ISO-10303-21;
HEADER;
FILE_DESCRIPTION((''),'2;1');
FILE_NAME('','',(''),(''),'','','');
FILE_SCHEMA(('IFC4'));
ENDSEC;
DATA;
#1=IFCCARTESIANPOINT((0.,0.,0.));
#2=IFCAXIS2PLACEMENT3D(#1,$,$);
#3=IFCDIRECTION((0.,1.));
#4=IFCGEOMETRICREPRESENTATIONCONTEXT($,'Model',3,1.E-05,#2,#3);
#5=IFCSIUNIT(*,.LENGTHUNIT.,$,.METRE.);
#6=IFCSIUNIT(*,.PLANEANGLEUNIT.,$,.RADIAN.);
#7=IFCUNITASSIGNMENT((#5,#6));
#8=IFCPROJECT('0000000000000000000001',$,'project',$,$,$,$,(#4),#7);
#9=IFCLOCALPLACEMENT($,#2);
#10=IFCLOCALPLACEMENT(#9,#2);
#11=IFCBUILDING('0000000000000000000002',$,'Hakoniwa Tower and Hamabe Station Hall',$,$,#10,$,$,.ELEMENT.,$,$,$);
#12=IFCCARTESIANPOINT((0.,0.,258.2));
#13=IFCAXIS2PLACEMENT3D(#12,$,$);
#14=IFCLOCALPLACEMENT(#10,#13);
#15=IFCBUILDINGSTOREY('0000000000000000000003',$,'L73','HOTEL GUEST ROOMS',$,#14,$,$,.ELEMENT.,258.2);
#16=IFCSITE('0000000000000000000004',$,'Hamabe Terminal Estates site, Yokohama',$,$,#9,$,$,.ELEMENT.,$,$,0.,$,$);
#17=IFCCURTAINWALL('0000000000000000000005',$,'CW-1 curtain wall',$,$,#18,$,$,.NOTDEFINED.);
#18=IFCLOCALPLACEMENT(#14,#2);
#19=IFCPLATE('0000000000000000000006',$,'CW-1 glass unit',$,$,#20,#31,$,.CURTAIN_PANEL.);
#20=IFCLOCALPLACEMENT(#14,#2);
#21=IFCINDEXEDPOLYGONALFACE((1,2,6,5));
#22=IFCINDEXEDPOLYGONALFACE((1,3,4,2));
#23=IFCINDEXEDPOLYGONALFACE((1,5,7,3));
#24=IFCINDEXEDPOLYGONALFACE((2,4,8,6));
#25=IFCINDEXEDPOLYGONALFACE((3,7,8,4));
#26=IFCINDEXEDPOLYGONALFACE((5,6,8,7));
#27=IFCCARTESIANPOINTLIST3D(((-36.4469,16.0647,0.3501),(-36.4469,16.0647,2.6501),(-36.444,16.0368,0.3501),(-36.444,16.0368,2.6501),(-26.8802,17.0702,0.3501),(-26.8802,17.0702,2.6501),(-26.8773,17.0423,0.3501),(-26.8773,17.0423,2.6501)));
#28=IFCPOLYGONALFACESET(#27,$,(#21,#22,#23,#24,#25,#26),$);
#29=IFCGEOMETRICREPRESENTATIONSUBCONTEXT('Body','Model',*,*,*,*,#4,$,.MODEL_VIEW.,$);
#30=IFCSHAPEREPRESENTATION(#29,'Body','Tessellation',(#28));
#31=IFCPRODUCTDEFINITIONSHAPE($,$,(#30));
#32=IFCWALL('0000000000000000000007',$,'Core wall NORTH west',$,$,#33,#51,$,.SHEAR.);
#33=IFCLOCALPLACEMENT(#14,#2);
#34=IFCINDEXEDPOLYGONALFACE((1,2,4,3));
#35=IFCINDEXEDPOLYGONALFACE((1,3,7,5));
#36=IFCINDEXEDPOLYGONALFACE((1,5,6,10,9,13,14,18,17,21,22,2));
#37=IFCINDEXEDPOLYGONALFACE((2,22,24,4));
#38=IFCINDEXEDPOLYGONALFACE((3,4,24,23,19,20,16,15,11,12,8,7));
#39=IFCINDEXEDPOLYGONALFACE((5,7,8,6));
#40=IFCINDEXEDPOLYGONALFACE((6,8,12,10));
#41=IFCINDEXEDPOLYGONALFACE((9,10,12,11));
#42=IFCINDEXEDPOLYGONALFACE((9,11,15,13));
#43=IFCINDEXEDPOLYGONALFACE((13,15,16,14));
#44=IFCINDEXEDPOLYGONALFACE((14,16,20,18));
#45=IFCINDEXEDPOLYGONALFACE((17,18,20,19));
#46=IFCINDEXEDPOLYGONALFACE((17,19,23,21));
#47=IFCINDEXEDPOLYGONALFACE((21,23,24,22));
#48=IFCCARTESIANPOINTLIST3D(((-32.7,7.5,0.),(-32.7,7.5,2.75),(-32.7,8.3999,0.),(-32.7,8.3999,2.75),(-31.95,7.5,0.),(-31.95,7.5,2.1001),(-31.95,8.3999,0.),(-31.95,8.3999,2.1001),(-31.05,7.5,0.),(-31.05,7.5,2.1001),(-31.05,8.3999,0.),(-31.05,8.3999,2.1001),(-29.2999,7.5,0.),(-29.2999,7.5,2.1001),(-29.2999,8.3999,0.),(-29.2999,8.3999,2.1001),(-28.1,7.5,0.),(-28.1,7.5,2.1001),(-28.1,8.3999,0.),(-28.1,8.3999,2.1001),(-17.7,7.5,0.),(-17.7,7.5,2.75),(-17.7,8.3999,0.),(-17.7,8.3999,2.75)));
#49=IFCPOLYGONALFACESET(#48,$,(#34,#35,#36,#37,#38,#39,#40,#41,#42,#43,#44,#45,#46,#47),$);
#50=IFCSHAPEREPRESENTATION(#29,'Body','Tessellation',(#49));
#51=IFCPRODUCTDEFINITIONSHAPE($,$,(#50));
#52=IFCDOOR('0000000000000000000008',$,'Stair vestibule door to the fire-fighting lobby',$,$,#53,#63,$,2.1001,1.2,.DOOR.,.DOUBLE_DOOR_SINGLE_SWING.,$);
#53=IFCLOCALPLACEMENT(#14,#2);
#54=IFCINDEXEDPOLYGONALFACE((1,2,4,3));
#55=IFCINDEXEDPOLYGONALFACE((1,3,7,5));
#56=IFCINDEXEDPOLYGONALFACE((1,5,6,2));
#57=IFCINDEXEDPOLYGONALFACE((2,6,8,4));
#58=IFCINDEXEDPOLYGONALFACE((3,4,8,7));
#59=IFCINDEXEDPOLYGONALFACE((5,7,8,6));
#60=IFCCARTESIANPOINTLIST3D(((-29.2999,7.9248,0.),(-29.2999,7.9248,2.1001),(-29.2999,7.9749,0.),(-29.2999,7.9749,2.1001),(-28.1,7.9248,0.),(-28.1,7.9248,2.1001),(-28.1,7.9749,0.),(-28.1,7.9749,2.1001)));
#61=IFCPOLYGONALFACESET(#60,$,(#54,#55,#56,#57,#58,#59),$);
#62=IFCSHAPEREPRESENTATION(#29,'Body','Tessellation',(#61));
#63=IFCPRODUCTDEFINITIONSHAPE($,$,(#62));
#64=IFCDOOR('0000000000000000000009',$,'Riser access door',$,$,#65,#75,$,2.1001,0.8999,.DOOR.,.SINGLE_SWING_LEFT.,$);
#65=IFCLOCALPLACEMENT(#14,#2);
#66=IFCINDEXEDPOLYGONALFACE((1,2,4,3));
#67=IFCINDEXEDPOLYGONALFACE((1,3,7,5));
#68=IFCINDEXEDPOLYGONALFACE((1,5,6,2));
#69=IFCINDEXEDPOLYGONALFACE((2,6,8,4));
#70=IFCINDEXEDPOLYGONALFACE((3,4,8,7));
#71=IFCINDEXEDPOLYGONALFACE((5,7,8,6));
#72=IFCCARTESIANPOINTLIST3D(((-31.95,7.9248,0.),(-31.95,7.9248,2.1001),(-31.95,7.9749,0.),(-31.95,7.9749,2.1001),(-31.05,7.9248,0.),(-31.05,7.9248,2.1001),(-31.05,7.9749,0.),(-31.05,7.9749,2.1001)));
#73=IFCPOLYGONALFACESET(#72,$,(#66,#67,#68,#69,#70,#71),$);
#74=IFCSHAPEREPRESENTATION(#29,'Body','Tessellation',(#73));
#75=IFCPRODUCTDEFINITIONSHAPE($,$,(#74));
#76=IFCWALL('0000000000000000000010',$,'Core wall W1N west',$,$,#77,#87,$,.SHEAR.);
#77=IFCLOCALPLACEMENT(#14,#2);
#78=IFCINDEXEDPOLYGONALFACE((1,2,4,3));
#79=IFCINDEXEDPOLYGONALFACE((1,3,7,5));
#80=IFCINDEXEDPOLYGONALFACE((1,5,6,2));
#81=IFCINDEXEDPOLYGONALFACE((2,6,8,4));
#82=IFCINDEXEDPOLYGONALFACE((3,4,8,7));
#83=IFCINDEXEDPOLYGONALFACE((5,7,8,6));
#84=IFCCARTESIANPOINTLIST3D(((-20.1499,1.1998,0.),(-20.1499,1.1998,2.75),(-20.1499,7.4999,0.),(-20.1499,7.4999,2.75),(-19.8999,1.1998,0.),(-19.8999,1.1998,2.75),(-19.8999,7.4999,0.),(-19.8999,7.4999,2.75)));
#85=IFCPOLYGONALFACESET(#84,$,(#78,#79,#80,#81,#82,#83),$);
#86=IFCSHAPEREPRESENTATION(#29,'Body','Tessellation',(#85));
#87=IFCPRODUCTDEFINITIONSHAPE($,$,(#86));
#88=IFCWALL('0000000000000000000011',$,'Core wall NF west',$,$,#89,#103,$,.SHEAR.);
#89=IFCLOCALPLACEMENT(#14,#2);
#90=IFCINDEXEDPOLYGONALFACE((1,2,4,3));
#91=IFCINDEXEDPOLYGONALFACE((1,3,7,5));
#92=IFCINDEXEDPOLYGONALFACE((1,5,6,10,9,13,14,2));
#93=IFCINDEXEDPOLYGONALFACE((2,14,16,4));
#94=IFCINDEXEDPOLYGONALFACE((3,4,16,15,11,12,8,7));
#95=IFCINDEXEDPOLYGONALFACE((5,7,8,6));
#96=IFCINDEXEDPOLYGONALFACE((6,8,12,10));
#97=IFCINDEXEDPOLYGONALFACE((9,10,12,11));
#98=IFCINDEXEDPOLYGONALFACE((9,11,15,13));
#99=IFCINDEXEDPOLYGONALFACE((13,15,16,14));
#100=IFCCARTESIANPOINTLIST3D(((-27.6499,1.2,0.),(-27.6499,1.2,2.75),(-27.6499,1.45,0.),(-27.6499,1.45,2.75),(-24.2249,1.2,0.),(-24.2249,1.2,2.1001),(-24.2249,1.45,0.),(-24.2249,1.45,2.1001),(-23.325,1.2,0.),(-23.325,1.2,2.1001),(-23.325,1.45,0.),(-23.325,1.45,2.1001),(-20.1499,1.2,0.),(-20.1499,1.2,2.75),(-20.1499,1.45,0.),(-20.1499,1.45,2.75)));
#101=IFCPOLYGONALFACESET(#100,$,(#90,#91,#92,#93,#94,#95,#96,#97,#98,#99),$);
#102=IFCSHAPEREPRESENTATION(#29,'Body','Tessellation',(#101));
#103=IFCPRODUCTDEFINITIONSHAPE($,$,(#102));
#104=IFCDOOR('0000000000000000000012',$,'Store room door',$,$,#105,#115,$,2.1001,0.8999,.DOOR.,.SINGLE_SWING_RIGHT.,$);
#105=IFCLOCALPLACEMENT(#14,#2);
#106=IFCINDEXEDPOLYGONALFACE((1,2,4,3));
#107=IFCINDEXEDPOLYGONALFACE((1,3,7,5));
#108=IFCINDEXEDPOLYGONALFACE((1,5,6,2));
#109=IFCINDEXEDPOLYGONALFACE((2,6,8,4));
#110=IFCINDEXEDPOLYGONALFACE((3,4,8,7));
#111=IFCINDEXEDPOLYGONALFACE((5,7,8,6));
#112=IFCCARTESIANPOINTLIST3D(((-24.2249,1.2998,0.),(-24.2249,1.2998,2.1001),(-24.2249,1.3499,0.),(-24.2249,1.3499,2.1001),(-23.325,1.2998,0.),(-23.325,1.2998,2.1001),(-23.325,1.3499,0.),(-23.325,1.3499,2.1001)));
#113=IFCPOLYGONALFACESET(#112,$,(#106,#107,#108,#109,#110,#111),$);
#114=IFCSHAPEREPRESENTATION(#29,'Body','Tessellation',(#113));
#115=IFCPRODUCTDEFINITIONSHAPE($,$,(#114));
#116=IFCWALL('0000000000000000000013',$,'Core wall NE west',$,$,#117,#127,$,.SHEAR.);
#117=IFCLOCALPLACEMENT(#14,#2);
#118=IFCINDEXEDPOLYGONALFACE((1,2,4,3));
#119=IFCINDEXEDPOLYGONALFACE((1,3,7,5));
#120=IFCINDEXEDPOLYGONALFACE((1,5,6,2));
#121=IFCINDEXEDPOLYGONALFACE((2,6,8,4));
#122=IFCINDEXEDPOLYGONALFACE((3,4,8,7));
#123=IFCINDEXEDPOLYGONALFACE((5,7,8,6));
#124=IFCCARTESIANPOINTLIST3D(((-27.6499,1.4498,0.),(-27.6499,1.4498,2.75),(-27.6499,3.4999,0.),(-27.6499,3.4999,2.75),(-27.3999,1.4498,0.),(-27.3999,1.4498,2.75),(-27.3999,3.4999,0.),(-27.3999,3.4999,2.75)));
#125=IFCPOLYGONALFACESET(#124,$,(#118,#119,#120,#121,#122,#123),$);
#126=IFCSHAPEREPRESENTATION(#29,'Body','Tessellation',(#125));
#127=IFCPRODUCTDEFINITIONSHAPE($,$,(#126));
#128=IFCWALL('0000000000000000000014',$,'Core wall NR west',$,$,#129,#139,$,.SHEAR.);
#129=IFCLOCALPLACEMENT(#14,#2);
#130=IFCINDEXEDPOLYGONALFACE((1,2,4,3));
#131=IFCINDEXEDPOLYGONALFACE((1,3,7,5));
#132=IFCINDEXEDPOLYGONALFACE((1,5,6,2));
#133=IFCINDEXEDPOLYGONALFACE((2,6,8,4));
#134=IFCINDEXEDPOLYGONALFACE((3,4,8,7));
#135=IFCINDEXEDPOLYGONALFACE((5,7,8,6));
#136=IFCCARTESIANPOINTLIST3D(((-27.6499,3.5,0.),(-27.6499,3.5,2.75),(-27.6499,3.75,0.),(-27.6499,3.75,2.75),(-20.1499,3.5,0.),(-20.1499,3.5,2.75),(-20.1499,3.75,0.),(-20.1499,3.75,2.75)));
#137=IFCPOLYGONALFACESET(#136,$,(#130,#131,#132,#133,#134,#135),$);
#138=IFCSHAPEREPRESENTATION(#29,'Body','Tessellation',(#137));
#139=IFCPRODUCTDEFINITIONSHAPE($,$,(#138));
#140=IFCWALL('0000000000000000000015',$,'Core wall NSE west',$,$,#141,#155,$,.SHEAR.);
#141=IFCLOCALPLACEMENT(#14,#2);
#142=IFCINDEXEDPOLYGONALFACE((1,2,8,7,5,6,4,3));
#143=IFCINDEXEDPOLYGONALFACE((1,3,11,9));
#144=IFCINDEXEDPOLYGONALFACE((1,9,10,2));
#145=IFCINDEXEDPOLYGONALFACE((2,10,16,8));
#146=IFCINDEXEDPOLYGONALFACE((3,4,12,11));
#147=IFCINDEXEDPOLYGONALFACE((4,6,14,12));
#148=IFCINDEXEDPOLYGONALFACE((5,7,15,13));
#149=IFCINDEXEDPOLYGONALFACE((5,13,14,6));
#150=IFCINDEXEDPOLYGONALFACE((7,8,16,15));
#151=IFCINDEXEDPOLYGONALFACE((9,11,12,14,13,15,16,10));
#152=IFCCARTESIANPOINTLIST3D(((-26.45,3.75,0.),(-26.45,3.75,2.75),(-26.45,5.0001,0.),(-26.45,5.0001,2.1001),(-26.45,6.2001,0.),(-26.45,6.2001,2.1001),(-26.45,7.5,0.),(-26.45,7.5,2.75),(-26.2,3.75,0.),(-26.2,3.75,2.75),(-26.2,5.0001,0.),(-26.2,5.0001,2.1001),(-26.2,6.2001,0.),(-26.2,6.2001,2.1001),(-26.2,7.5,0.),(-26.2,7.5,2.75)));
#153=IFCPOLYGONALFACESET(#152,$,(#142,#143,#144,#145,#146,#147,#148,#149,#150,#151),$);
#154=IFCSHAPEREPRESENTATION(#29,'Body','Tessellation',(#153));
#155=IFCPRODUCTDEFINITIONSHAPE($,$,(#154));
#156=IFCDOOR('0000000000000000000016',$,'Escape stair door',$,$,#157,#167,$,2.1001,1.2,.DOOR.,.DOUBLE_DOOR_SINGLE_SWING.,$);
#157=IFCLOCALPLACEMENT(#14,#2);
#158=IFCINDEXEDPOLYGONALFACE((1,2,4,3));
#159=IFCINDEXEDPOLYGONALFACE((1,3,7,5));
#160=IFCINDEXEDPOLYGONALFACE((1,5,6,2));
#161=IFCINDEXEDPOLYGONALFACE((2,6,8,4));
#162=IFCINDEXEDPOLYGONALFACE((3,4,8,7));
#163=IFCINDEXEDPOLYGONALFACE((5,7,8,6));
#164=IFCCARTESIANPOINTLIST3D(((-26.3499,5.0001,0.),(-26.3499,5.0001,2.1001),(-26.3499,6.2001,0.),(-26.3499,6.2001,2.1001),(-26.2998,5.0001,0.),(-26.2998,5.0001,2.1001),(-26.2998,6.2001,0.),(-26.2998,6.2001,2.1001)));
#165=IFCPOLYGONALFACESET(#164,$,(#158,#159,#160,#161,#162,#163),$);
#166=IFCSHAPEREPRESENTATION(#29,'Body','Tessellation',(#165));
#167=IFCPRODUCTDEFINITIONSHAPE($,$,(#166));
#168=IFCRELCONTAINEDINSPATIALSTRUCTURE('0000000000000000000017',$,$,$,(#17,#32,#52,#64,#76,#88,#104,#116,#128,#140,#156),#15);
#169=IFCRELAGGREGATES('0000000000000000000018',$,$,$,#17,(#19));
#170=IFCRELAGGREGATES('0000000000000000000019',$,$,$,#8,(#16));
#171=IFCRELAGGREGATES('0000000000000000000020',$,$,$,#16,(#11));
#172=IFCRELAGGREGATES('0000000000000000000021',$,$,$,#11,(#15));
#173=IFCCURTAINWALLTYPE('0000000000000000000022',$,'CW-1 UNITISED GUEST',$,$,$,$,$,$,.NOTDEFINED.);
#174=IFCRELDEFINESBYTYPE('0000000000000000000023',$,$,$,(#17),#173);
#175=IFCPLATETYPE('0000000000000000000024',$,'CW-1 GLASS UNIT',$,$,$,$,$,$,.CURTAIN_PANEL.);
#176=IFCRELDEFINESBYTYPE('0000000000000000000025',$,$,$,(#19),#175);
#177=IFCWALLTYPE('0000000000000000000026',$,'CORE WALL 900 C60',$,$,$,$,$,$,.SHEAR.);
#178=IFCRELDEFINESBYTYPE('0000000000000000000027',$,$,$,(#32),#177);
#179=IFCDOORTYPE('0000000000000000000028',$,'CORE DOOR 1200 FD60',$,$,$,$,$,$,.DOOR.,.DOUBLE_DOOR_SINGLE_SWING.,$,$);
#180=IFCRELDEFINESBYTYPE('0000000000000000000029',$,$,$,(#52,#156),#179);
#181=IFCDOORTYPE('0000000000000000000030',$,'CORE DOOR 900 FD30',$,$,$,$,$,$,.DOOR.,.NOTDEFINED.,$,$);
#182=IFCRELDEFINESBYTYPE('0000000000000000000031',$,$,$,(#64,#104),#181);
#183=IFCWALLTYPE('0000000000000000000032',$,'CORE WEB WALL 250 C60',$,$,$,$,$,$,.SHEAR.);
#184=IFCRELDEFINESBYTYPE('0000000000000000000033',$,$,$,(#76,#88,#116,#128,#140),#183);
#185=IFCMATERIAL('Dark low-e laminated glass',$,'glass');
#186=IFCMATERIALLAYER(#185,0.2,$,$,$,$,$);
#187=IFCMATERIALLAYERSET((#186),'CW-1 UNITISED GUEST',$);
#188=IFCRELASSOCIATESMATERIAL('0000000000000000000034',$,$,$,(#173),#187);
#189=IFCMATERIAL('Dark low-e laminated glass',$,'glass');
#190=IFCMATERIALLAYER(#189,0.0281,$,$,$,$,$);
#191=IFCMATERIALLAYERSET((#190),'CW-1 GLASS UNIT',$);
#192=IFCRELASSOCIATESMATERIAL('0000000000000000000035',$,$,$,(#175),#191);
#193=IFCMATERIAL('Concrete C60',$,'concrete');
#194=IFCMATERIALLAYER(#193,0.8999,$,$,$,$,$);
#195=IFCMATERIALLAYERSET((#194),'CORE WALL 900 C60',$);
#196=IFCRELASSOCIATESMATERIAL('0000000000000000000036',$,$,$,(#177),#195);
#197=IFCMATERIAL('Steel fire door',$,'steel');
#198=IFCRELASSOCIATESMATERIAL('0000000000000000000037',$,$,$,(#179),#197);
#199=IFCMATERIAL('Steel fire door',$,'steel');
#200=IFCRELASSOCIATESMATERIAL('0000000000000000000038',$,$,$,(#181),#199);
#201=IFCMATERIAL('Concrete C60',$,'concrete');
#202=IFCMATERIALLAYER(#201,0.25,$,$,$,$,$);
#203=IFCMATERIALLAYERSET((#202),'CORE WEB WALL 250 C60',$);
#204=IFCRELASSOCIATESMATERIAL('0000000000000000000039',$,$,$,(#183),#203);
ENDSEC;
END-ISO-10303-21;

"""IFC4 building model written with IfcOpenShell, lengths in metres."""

from ifc_helpers import new_model, si_unit, direction, frame, frame_2d, origin, origin_2d, place, context, subcontext, project, spatial, rectangle, extrude, material, layer, layer_set, type_object, element, fill, aggregate, save


model = new_model("IFC4")

# Units and contexts
model_context = context("Model", 3, precision=1e-05, world=origin(), true_north=direction((0.0, 1.0)))
body_context = subcontext(model_context, "Body", "Model", "MODEL_VIEW")
ifc_project = project(units=[si_unit("LENGTHUNIT", "METRE"), si_unit("PLANEANGLEUNIT", "RADIAN")], contexts=[model_context])

# Site, building, storey
site_placement = place(None, origin())
site = spatial("IfcSite", under=ifc_project, at=site_placement, Name="Hamabe Terminal Estates site, Yokohama", CompositionType="ELEMENT", RefElevation=0.0)
building_placement = place(site_placement, origin())
building = spatial("IfcBuilding", under=site, at=building_placement, Name="Hakoniwa Tower and Hamabe Station Hall", CompositionType="ELEMENT")
storey_placement = place(building_placement, frame((0.0, 0.0, 258.2)))
storey = spatial("IfcBuildingStorey", under=building, at=storey_placement, Name="L73", Description="HOTEL GUEST ROOMS", CompositionType="ELEMENT", Elevation=258.2)

# Curtain wall, plate
ifc_material_1 = material(Name="Dark low-e laminated glass", Category="glass")
ifc_layer_1 = layer(ifc_material_1, 0.2)
ifc_layer_set_1 = layer_set([ifc_layer_1], Name="CW-1 UNITISED GUEST")
curtain_wall_type = type_object("IfcCurtainWallType", Name="CW-1 UNITISED GUEST", PredefinedType="NOTDEFINED", material=ifc_layer_set_1)
curtain_wall_placement = place(storey_placement, origin())
curtain_wall = element("IfcCurtainWall", 1, at=curtain_wall_placement, inside=storey, type_object=curtain_wall_type, Name="CW-1 curtain wall", PredefinedType="NOTDEFINED")
ifc_material_2 = material(Name="Dark low-e laminated glass", Category="glass")
ifc_layer_2 = layer(ifc_material_2, 0.0281)
ifc_layer_set_2 = layer_set([ifc_layer_2], Name="CW-1 GLASS UNIT")
plate_type = type_object("IfcPlateType", Name="CW-1 GLASS UNIT", PredefinedType="CURTAIN_PANEL", material=ifc_layer_set_2)
plate_1_placement = place(storey_placement, frame((-31.6621, 16.5535, 0.3501), z_axis=(0.0, 0.0, 1.0), x_axis=(-0.994522, -0.104528, 0.0)))
plate_1 = element("IfcPlate", 2, at=plate_1_placement, type_object=plate_type, Name="CW-1 glass unit", PredefinedType="CURTAIN_PANEL", context=body_context, shape_type="SweptSolid", body=[
    extrude(rectangle(XDim=9.6194, YDim=0.0281, at=origin_2d()), origin(), (0.0, 0.0, 1.0), 2.3),
])
aggregate(curtain_wall, [plate_1])

# Wall, openings, doors
ifc_material_3 = material(Name="Concrete C60", Category="concrete")
ifc_layer_3 = layer(ifc_material_3, 0.8999)
ifc_layer_set_3 = layer_set([ifc_layer_3], Name="CORE WALL 900 C60")
wall_type_1 = type_object("IfcWallType", Name="CORE WALL 900 C60", PredefinedType="SHEAR", material=ifc_layer_set_3)
wall_1_placement = place(storey_placement, frame((-32.7, 7.95, 0.0), z_axis=(0.0, 0.0, 1.0), x_axis=(1.0, 0.0, 0.0)))
wall_1 = element("IfcWall", 3, at=wall_1_placement, inside=storey, type_object=wall_type_1, Name="Core wall NORTH west", PredefinedType="SHEAR", context=body_context, shape_type="SweptSolid", body=[
    extrude(rectangle(XDim=15.0, YDim=0.8999, at=frame_2d((7.5, 0.0))), origin(), (0.0, 0.0, 1.0), 2.75),
])
opening_1_placement = place(wall_1_placement, frame((3.3999, 0.0, 0.0)))
opening_1 = element("IfcOpeningElement", 4, at=opening_1_placement, cuts=wall_1, PredefinedType="OPENING", context=body_context, shape_type="SweptSolid", body=[
    extrude(rectangle(XDim=1.2, YDim=2.1001, at=frame_2d((0.6001, 1.05))), frame((0.0, 0.46, 0.0), z_axis=(0.0, -1.0, 0.0), x_axis=(1.0, 0.0, 0.0)), (0.0, 0.0, 1.0), 0.9199),
])
opening_2_placement = place(wall_1_placement, frame((0.75, 0.0, 0.0)))
opening_2 = element("IfcOpeningElement", 5, at=opening_2_placement, cuts=wall_1, PredefinedType="OPENING", context=body_context, shape_type="SweptSolid", body=[
    extrude(rectangle(XDim=0.8999, YDim=2.1001, at=frame_2d((0.45, 1.05))), frame((0.0, 0.46, 0.0), z_axis=(0.0, -1.0, 0.0), x_axis=(1.0, 0.0, 0.0)), (0.0, 0.0, 1.0), 0.9199),
])
ifc_material_4 = material(Name="Steel fire door", Category="steel")
door_type_1 = type_object("IfcDoorType", Name="CORE DOOR 1200 FD60", OperationType="DOUBLE_DOOR_SINGLE_SWING", PredefinedType="DOOR", material=ifc_material_4)
door_1_placement = place(opening_1_placement, origin())
door_1 = element("IfcDoor", 6, at=door_1_placement, inside=storey, type_object=door_type_1, Name="Stair vestibule door to the fire-fighting lobby", OperationType="DOUBLE_DOOR_SINGLE_SWING", OverallHeight=2.1001, OverallWidth=1.2, PredefinedType="DOOR", context=body_context, shape_type="SweptSolid", body=[
    extrude(rectangle(XDim=1.2, YDim=2.1001, at=frame_2d((0.6001, 1.05))), frame((0.0, 0.0249, 0.0), z_axis=(0.0, -1.0, 0.0), x_axis=(1.0, 0.0, 0.0)), (0.0, 0.0, 1.0), 0.05),
])
fill(opening_1, door_1)
ifc_material_5 = material(Name="Steel fire door", Category="steel")
door_type_2 = type_object("IfcDoorType", Name="CORE DOOR 900 FD30", OperationType="NOTDEFINED", PredefinedType="DOOR", material=ifc_material_5)
door_2_placement = place(opening_2_placement, origin())
door_2 = element("IfcDoor", 7, at=door_2_placement, inside=storey, type_object=door_type_2, Name="Riser access door", OperationType="SINGLE_SWING_LEFT", OverallHeight=2.1001, OverallWidth=0.8999, PredefinedType="DOOR", context=body_context, shape_type="SweptSolid", body=[
    extrude(rectangle(XDim=0.8999, YDim=2.1001, at=frame_2d((0.45, 1.05))), frame((0.0, 0.0249, 0.0), z_axis=(0.0, -1.0, 0.0), x_axis=(1.0, 0.0, 0.0)), (0.0, 0.0, 1.0), 0.05),
])
fill(opening_2, door_2)

# Wall
ifc_material_6 = material(Name="Concrete C60", Category="concrete")
ifc_layer_4 = layer(ifc_material_6, 0.25)
ifc_layer_set_4 = layer_set([ifc_layer_4], Name="CORE WEB WALL 250 C60")
wall_type_2 = type_object("IfcWallType", Name="CORE WEB WALL 250 C60", PredefinedType="SHEAR", material=ifc_layer_set_4)
wall_2_placement = place(storey_placement, frame((-20.0249, 1.2, 0.0), z_axis=(0.0, 0.0, 1.0), x_axis=(0.0, 1.0, 0.0)))
element("IfcWall", 8, at=wall_2_placement, inside=storey, type_object=wall_type_2, Name="Core wall W1N west", PredefinedType="SHEAR", context=body_context, shape_type="SweptSolid", body=[
    extrude(rectangle(XDim=6.3, YDim=0.25, at=frame_2d((3.1499, 0.0))), origin(), (0.0, 0.0, 1.0), 2.75),
])

# Wall, opening, door
wall_3_placement = place(storey_placement, frame((-27.6499, 1.325, 0.0), z_axis=(0.0, 0.0, 1.0), x_axis=(1.0, 0.0, 0.0)))
wall_3 = element("IfcWall", 9, at=wall_3_placement, inside=storey, type_object=wall_type_2, Name="Core wall NF west", PredefinedType="SHEAR", context=body_context, shape_type="SweptSolid", body=[
    extrude(rectangle(XDim=7.5, YDim=0.25, at=frame_2d((3.75, 0.0))), origin(), (0.0, 0.0, 1.0), 2.75),
])
opening_3_placement = place(wall_3_placement, frame((3.425, 0.0, 0.0)))
opening_3 = element("IfcOpeningElement", 10, at=opening_3_placement, cuts=wall_3, PredefinedType="OPENING", context=body_context, shape_type="SweptSolid", body=[
    extrude(rectangle(XDim=0.8999, YDim=2.1001, at=frame_2d((0.45, 1.05))), frame((0.0, 0.135, 0.0), z_axis=(0.0, -1.0, 0.0), x_axis=(1.0, 0.0, 0.0)), (0.0, 0.0, 1.0), 0.27),
])
door_3_placement = place(opening_3_placement, origin())
door_3 = element("IfcDoor", 11, at=door_3_placement, inside=storey, type_object=door_type_2, Name="Store room door", OperationType="SINGLE_SWING_RIGHT", OverallHeight=2.1001, OverallWidth=0.8999, PredefinedType="DOOR", context=body_context, shape_type="SweptSolid", body=[
    extrude(rectangle(XDim=0.8999, YDim=2.1001, at=frame_2d((0.45, 1.05))), frame((0.0, 0.0249, 0.0), z_axis=(0.0, -1.0, 0.0), x_axis=(1.0, 0.0, 0.0)), (0.0, 0.0, 1.0), 0.05),
])
fill(opening_3, door_3)

# Walls
wall_4_placement = place(storey_placement, frame((-27.5249, 1.45, 0.0), z_axis=(0.0, 0.0, 1.0), x_axis=(0.0, 1.0, 0.0)))
element("IfcWall", 12, at=wall_4_placement, inside=storey, type_object=wall_type_2, Name="Core wall NE west", PredefinedType="SHEAR", context=body_context, shape_type="SweptSolid", body=[
    extrude(rectangle(XDim=2.05, YDim=0.25, at=frame_2d((1.0249, 0.0))), origin(), (0.0, 0.0, 1.0), 2.75),
])
wall_5_placement = place(storey_placement, frame((-27.6499, 3.625, 0.0), z_axis=(0.0, 0.0, 1.0), x_axis=(1.0, 0.0, 0.0)))
element("IfcWall", 13, at=wall_5_placement, inside=storey, type_object=wall_type_2, Name="Core wall NR west", PredefinedType="SHEAR", context=body_context, shape_type="SweptSolid", body=[
    extrude(rectangle(XDim=7.5, YDim=0.25, at=frame_2d((3.75, 0.0))), origin(), (0.0, 0.0, 1.0), 2.75),
])

# Wall, opening, door
wall_6_placement = place(storey_placement, frame((-26.325, 3.75, 0.0), z_axis=(0.0, 0.0, 1.0), x_axis=(0.0, 1.0, 0.0)))
wall_6 = element("IfcWall", 14, at=wall_6_placement, inside=storey, type_object=wall_type_2, Name="Core wall NSE west", PredefinedType="SHEAR", context=body_context, shape_type="SweptSolid", body=[
    extrude(rectangle(XDim=3.75, YDim=0.25, at=frame_2d((1.875, 0.0))), origin(), (0.0, 0.0, 1.0), 2.75),
])
opening_4_placement = place(wall_6_placement, frame((1.25, 0.0, 0.0)))
opening_4 = element("IfcOpeningElement", 15, at=opening_4_placement, cuts=wall_6, PredefinedType="OPENING", context=body_context, shape_type="SweptSolid", body=[
    extrude(rectangle(XDim=1.2, YDim=2.1001, at=frame_2d((0.6001, 1.05))), frame((0.0, 0.135, 0.0), z_axis=(0.0, -1.0, 0.0), x_axis=(1.0, 0.0, 0.0)), (0.0, 0.0, 1.0), 0.27),
])
door_4_placement = place(opening_4_placement, origin())
door_4 = element("IfcDoor", 16, at=door_4_placement, inside=storey, type_object=door_type_1, Name="Escape stair door", OperationType="DOUBLE_DOOR_SINGLE_SWING", OverallHeight=2.1001, OverallWidth=1.2, PredefinedType="DOOR", context=body_context, shape_type="SweptSolid", body=[
    extrude(rectangle(XDim=1.2, YDim=2.1001, at=frame_2d((0.6001, 1.05))), frame((0.0, 0.0249, 0.0), z_axis=(0.0, -1.0, 0.0), x_axis=(1.0, 0.0, 0.0)), (0.0, 0.0, 1.0), 0.05),
])
fill(opening_4, door_4)

save(model, "model.ifc")
